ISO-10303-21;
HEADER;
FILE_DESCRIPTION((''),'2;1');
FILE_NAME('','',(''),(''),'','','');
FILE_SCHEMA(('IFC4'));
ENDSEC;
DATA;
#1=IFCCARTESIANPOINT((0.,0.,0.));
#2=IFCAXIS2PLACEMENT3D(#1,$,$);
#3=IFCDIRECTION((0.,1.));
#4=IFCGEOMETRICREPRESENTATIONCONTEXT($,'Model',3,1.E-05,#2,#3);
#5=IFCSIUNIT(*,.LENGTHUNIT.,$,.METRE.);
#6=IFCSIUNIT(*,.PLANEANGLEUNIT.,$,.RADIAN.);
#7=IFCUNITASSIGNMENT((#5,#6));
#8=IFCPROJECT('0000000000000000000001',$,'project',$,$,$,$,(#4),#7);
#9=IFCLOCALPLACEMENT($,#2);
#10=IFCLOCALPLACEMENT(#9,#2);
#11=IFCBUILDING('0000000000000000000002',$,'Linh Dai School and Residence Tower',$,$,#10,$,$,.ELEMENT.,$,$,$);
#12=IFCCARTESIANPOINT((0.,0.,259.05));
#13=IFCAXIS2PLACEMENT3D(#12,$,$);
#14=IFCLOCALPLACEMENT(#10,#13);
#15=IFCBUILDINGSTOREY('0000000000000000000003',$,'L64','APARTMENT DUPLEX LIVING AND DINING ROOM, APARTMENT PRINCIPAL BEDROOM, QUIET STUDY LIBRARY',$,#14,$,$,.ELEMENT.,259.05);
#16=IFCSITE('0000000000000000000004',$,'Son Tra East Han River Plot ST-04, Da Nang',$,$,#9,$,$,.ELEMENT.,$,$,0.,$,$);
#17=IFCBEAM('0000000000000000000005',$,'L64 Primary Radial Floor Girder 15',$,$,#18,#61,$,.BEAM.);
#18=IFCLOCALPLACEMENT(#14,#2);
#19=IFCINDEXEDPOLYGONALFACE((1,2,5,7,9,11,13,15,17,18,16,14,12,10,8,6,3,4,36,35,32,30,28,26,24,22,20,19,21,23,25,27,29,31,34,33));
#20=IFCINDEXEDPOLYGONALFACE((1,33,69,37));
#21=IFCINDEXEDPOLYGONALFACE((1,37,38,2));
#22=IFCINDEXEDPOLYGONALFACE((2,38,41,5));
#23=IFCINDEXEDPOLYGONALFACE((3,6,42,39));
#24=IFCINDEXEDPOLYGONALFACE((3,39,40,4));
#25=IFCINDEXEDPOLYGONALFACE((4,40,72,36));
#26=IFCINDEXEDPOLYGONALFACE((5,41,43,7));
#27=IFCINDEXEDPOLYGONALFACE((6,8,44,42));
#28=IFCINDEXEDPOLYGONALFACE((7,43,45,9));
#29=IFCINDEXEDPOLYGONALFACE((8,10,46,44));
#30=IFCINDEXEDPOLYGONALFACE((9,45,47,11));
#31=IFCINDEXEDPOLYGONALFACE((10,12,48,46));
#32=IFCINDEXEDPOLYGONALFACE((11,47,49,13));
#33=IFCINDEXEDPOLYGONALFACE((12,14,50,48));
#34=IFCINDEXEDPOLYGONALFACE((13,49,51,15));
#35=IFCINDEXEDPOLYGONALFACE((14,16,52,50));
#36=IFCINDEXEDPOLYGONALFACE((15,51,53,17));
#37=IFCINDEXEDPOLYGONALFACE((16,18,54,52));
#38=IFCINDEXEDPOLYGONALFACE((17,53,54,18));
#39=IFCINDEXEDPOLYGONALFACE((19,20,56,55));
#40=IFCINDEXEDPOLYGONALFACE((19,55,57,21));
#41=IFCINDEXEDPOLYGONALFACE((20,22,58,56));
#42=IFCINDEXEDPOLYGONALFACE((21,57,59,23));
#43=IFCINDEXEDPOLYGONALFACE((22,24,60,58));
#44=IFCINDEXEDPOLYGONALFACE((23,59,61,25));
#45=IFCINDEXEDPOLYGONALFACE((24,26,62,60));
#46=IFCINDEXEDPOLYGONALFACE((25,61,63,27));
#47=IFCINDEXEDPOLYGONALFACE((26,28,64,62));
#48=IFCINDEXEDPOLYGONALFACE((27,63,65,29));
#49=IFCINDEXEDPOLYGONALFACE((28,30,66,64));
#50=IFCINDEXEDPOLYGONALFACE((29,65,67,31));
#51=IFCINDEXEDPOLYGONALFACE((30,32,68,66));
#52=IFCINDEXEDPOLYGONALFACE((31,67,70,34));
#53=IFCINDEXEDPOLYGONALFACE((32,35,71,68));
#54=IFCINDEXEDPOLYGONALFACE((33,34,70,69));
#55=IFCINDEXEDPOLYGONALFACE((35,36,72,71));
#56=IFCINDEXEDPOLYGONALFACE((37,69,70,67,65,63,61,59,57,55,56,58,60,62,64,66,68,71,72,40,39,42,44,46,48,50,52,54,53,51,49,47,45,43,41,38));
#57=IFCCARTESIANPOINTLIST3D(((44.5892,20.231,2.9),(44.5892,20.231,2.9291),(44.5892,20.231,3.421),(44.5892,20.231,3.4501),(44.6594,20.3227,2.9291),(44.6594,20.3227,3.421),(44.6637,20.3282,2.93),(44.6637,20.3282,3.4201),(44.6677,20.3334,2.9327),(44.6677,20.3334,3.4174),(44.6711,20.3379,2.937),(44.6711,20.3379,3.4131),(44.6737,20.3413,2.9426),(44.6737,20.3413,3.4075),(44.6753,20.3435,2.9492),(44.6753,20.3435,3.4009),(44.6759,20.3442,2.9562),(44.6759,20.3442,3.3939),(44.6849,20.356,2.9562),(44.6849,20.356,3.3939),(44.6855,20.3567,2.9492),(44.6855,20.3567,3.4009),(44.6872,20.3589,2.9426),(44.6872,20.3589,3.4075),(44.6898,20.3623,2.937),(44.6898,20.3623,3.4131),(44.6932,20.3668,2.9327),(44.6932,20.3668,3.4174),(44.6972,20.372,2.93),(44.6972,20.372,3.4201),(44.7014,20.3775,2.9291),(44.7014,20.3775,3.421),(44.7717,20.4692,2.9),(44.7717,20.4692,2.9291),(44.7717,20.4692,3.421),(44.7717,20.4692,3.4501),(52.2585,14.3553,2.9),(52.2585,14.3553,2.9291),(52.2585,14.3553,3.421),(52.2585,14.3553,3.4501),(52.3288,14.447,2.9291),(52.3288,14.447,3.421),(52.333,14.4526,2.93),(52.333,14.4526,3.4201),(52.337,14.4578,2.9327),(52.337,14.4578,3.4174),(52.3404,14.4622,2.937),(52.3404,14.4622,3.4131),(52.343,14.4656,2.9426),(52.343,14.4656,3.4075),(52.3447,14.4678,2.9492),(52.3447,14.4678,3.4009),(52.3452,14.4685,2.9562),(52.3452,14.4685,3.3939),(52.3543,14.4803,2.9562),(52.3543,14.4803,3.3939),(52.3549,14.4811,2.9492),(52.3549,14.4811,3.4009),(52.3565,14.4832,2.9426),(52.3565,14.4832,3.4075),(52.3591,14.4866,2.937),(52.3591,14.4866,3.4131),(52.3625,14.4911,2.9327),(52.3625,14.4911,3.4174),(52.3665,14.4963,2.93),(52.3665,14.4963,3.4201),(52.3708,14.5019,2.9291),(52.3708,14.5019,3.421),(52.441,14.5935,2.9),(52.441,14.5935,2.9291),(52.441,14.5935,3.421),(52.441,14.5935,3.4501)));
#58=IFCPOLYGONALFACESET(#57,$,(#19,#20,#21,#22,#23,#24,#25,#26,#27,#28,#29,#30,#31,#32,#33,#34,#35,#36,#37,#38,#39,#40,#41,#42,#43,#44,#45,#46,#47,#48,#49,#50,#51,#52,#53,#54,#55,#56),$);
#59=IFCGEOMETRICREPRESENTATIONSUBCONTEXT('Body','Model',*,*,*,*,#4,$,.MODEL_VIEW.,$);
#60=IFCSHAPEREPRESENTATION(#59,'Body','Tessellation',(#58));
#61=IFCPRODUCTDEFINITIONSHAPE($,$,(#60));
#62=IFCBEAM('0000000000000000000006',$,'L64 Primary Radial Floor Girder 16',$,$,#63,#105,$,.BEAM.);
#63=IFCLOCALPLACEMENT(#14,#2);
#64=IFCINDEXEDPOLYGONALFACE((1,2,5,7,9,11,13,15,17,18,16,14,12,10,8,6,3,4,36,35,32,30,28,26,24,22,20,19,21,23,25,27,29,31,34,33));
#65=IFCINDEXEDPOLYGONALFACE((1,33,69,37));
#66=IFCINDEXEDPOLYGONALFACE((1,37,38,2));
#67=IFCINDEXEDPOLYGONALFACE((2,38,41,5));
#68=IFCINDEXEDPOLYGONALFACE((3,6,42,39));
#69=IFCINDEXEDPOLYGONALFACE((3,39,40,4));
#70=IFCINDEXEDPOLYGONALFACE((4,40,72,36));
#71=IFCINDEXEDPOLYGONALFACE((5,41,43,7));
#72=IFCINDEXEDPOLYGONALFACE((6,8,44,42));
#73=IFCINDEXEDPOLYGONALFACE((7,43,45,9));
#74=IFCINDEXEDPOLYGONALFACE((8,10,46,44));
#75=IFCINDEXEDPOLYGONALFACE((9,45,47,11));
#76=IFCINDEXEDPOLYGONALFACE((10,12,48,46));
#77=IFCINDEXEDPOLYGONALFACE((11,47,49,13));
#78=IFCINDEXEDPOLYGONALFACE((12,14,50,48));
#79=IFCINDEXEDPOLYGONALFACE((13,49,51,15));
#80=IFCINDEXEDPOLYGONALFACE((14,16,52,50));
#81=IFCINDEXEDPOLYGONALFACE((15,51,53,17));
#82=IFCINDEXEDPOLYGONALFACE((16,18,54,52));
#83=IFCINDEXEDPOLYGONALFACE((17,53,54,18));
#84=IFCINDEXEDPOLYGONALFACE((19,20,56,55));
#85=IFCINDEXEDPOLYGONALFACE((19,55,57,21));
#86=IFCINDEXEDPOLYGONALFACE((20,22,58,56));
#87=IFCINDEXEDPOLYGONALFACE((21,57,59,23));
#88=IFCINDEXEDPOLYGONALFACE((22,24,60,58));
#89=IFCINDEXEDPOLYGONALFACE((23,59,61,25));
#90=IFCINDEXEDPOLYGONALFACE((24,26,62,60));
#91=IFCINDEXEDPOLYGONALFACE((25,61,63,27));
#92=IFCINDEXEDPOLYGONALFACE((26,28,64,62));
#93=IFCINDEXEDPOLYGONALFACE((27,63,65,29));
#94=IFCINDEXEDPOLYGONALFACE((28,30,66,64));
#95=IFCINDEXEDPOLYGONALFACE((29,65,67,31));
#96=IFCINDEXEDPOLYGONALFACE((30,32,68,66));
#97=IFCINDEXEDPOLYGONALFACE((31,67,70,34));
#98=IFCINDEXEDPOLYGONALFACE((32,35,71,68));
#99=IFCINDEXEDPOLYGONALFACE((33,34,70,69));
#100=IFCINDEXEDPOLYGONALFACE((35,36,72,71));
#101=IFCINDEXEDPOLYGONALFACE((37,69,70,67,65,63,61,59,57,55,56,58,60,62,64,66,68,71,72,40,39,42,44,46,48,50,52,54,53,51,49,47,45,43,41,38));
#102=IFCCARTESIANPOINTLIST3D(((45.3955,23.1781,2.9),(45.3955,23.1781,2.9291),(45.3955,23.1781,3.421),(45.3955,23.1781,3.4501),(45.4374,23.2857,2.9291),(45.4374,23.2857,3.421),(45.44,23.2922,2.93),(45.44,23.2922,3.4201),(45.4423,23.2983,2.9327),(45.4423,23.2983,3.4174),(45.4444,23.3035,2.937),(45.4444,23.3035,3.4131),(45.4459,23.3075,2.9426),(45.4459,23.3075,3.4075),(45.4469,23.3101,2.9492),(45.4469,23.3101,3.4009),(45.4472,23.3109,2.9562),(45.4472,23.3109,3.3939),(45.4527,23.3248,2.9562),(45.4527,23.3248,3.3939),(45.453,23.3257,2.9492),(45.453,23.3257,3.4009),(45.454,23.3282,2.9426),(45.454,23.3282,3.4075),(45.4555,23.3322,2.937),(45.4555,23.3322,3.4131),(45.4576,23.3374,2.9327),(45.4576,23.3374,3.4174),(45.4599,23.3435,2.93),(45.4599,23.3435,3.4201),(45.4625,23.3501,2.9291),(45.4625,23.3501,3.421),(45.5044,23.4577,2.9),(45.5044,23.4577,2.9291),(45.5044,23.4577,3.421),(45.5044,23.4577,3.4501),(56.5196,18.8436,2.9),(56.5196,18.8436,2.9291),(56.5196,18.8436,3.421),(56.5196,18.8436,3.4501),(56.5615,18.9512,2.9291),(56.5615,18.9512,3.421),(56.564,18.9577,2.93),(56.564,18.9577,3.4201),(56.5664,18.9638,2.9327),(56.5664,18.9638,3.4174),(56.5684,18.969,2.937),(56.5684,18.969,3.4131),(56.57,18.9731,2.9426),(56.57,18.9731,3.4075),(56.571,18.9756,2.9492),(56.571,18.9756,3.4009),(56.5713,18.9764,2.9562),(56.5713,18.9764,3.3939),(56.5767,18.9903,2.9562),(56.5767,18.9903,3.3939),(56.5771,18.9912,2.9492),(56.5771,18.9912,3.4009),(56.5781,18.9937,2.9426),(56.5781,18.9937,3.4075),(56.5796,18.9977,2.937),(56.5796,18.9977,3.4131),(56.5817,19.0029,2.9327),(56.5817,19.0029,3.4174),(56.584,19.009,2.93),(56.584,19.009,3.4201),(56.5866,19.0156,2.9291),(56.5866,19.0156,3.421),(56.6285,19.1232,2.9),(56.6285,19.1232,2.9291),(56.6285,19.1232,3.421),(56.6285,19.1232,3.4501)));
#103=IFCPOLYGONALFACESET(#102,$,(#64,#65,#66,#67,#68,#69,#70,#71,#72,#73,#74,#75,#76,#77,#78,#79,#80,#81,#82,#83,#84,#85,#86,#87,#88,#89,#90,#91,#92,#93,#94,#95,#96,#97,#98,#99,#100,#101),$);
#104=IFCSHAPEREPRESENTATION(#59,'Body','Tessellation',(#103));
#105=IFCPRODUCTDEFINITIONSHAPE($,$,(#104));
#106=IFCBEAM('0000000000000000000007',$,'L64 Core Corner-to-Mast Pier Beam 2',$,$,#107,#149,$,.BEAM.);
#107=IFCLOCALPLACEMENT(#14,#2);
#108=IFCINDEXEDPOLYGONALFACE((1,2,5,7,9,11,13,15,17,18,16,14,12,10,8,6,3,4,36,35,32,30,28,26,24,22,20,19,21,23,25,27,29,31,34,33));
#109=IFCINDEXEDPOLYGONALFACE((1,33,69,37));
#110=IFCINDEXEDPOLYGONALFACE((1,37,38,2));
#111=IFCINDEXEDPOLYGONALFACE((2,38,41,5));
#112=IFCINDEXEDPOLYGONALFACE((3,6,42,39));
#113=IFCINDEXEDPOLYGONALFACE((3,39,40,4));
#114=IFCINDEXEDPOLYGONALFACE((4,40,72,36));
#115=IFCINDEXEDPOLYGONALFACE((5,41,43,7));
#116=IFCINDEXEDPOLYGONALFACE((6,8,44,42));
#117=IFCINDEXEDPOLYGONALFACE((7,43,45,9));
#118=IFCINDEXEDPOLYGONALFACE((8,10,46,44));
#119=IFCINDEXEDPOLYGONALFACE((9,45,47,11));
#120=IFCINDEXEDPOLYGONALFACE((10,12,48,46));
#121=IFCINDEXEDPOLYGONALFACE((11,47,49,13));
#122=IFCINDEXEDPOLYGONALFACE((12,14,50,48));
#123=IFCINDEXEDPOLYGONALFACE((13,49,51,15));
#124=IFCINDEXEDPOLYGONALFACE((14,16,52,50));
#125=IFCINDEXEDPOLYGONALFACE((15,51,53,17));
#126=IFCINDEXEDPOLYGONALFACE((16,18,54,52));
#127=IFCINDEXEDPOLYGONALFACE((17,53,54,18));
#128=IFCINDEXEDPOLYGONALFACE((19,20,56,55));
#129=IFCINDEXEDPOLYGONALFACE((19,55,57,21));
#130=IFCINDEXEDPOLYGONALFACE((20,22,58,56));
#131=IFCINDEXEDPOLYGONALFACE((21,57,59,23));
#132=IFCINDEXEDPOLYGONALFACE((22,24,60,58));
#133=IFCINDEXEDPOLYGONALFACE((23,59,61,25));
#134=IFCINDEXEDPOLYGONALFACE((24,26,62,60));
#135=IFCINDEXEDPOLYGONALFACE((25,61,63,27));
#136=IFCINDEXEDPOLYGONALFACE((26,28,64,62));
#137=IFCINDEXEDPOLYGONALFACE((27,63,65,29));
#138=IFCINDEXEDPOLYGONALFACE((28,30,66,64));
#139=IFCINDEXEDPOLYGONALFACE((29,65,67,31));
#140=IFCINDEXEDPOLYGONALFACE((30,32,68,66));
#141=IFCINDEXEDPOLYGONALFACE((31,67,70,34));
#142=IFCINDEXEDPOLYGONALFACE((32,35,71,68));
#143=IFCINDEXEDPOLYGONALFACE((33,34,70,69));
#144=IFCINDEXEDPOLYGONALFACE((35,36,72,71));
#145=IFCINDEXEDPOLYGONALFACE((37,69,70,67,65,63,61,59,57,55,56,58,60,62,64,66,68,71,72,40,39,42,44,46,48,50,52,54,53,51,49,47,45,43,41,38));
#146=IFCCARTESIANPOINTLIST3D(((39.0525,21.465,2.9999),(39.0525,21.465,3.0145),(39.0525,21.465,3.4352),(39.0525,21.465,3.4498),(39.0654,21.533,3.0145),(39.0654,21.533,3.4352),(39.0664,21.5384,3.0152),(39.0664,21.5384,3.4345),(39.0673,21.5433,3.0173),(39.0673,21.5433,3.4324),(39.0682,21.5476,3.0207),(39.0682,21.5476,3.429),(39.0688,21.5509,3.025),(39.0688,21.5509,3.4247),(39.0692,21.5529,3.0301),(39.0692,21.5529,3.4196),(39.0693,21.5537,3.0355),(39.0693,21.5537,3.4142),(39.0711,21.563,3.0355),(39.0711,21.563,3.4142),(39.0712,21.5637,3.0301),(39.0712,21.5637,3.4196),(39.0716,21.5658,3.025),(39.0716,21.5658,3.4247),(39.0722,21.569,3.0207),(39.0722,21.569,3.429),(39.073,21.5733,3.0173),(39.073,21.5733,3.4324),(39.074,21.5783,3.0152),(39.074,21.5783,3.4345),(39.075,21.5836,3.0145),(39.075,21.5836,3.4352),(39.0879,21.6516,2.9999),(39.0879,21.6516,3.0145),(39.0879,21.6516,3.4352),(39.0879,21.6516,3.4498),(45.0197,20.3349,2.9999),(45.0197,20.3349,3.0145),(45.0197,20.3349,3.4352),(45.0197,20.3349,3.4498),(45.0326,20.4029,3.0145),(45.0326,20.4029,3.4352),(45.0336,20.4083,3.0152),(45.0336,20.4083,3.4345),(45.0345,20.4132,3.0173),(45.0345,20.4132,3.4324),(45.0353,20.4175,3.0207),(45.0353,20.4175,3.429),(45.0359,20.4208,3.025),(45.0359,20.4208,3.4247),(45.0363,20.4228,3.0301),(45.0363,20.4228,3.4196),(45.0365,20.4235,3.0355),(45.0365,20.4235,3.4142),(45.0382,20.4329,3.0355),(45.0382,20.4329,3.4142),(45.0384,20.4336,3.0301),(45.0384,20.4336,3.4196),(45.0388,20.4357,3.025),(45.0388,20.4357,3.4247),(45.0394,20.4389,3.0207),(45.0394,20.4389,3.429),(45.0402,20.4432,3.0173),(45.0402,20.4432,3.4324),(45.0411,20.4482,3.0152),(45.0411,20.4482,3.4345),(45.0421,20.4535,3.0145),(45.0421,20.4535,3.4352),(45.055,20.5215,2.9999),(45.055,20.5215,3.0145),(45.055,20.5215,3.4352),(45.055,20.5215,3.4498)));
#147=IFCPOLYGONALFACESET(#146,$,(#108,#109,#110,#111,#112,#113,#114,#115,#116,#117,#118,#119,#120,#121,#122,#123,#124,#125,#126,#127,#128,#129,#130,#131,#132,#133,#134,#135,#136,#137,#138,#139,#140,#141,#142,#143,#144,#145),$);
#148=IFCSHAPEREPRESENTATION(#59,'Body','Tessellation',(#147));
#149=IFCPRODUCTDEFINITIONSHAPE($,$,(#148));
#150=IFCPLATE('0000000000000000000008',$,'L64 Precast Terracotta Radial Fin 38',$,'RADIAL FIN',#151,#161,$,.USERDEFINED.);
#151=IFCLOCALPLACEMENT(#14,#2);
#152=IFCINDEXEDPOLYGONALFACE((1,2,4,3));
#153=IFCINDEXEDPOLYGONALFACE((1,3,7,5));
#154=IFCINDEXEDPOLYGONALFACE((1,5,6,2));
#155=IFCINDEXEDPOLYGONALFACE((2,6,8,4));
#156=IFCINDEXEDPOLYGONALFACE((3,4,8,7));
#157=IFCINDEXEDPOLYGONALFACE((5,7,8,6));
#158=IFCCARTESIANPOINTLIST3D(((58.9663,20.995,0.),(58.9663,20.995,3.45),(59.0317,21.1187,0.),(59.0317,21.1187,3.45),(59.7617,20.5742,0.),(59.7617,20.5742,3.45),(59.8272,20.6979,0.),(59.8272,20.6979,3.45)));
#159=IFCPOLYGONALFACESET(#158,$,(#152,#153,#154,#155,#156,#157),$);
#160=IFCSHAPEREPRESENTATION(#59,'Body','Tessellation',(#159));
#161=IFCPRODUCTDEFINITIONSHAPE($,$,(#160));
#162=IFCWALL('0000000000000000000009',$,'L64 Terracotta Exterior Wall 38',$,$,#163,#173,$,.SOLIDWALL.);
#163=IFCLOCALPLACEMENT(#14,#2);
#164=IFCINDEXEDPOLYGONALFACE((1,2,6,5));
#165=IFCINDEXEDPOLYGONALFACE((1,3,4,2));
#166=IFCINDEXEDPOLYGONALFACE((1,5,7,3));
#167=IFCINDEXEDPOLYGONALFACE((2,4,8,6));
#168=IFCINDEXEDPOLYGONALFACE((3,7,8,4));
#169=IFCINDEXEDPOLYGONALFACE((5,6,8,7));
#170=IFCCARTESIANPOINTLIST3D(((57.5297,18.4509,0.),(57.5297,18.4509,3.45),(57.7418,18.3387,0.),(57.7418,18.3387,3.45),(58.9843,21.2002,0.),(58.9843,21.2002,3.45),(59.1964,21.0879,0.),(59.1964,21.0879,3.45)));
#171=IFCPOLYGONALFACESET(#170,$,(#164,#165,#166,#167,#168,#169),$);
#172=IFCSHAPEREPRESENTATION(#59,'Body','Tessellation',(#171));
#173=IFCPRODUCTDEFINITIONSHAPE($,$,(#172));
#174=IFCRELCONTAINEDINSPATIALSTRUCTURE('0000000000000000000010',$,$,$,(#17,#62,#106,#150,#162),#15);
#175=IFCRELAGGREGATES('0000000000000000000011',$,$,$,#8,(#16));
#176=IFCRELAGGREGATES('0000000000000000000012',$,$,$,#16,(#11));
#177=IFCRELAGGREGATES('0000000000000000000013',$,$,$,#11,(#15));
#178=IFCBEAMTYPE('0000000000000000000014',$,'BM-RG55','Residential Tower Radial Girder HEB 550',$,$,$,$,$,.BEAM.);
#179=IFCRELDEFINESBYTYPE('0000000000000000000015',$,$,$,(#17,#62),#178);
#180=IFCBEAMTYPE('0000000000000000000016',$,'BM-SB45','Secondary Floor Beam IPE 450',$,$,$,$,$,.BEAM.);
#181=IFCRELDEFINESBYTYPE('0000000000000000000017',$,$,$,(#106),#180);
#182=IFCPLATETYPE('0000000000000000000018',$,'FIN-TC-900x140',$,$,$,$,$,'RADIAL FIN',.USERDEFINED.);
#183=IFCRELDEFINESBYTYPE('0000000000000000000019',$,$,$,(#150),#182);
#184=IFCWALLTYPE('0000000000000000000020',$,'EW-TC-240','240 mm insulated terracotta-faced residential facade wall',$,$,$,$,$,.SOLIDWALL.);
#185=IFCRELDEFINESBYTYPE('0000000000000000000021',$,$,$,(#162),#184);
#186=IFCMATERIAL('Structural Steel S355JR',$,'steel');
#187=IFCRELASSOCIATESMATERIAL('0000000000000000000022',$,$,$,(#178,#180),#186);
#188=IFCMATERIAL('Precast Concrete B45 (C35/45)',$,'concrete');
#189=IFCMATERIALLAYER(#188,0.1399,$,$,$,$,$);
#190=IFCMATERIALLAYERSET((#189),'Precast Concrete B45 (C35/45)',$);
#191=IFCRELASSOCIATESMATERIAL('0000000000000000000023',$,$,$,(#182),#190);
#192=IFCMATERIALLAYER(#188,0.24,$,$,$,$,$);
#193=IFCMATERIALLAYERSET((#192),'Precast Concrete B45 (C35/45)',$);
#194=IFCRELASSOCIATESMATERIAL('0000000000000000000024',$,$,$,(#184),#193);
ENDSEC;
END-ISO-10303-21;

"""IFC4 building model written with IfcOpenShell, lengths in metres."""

from ifc_helpers import new_model, si_unit, direction, frame, frame_2d, origin, origin_2d, place, context, subcontext, project, spatial, rectangle, i_section, extrude, source, transform, mapped, material, layer, layer_set, material_profile, profile_set, type_object, element, save


model = new_model("IFC4")

# Units and contexts
model_context = context("Model", 3, precision=1e-05, world=origin(), true_north=direction((0.0, 1.0)))
body_context = subcontext(model_context, "Body", "Model", "MODEL_VIEW")
ifc_project = project(units=[si_unit("LENGTHUNIT", "METRE"), si_unit("PLANEANGLEUNIT", "RADIAN")], contexts=[model_context])

# Site, building, storey
site_placement = place(None, origin())
site = spatial("IfcSite", under=ifc_project, at=site_placement, Name="Son Tra East Han River Plot ST-04, Da Nang", CompositionType="ELEMENT", RefElevation=0.0)
building_placement = place(site_placement, origin())
building = spatial("IfcBuilding", under=site, at=building_placement, Name="Linh Dai School and Residence Tower", CompositionType="ELEMENT")
storey_placement = place(building_placement, frame((0.0, 0.0, 259.05)))
storey = spatial("IfcBuildingStorey", under=building, at=storey_placement, Name="L64", Description="APARTMENT DUPLEX LIVING AND DINING ROOM, APARTMENT PRINCIPAL BEDROOM, QUIET STUDY LIBRARY", CompositionType="ELEMENT", Elevation=259.05)

# Shared definitions
ifc_material_1 = material(Name="Structural Steel S355JR", Category="steel")

# Beams
ifc_material_profile_1 = material_profile(ifc_material_1, i_section(OverallWidth=0.3, OverallDepth=0.55, WebThickness=0.0149, FlangeThickness=0.0291, FilletRadius=0.0271, at=origin_2d()), Name="HEB 550")
ifc_profile_set_1 = profile_set([ifc_material_profile_1], Name="Structural Steel S355JR")
beam_type_1 = type_object("IfcBeamType", Name="BM-RG55", Description="Residential Tower Radial Girder HEB 550", PredefinedType="BEAM", material=ifc_profile_set_1)
beam_1_placement = place(storey_placement, frame((44.6804, 20.3501, 3.175), z_axis=(0.793815, -0.60816, 0.0), x_axis=(0.60816, 0.793815, 0.0)))
element("IfcBeam", 1, at=beam_1_placement, inside=storey, type_object=beam_type_1, Name="L64 Primary Radial Floor Girder 15", PredefinedType="BEAM", context=body_context, shape_type="SweptSolid", body=[
    extrude(i_section(OverallWidth=0.3, OverallDepth=0.55, WebThickness=0.0149, FlangeThickness=0.0291, FilletRadius=0.0271, at=origin_2d()), origin(), (0.0, 0.0, 1.0), 9.6614),
])
beam_2_placement = place(storey_placement, frame((45.45, 23.3179, 3.175), z_axis=(0.931765, -0.363062, 0.0), x_axis=(0.363062, 0.931765, 0.0)))
element("IfcBeam", 2, at=beam_2_placement, inside=storey, type_object=beam_type_1, Name="L64 Primary Radial Floor Girder 16", PredefinedType="BEAM", context=body_context, shape_type="SweptSolid", body=[
    extrude(i_section(OverallWidth=0.3, OverallDepth=0.55, WebThickness=0.0149, FlangeThickness=0.0291, FilletRadius=0.0271, at=origin_2d()), origin(), (0.0, 0.0, 1.0), 11.9387),
])
ifc_material_profile_2 = material_profile(ifc_material_1, i_section(OverallWidth=0.1899, OverallDepth=0.45, WebThickness=0.0095, FlangeThickness=0.0146, FilletRadius=0.021, at=origin_2d()), Name="IPE 450")
ifc_profile_set_2 = profile_set([ifc_material_profile_2], Name="Structural Steel S355JR")
beam_type_2 = type_object("IfcBeamType", Name="BM-SB45", Description="Secondary Floor Beam IPE 450", PredefinedType="BEAM", material=ifc_profile_set_2)
beam_3_placement = place(storey_placement, frame((45.0374, 20.4282, 3.2249), z_axis=(-0.982535, 0.186079, 0.0), x_axis=(-0.186079, -0.982535, 0.0)))
element("IfcBeam", 3, at=beam_3_placement, inside=storey, type_object=beam_type_2, Name="L64 Core Corner-to-Mast Pier Beam 2", PredefinedType="BEAM", context=body_context, shape_type="SweptSolid", body=[
    extrude(i_section(OverallWidth=0.1899, OverallDepth=0.45, WebThickness=0.0095, FlangeThickness=0.0146, FilletRadius=0.021, at=origin_2d()), origin(), (0.0, 0.0, 1.0), 6.0732),
])

# Plate
ifc_material_2 = material(Name="Precast Concrete B45 (C35/45)", Category="concrete")
ifc_layer_1 = layer(ifc_material_2, 0.1399)
ifc_layer_set_1 = layer_set([ifc_layer_1], Name="Precast Concrete B45 (C35/45)")
plate_type = type_object("IfcPlateType", Name="FIN-TC-900x140", ElementType="RADIAL FIN", PredefinedType="USERDEFINED", material=ifc_layer_set_1)
shared_shape_1 = source(origin(), body_context, "Body", "SweptSolid", [
    extrude(rectangle(XDim=0.8999, YDim=0.1399, at=origin_2d()), origin(), (0.0, 0.0, 1.0), 3.45),
])
plate_placement = place(storey_placement, frame((59.3967, 20.8464, 0.0), z_axis=(0.0, 0.0, 1.0), x_axis=(0.883929, -0.467621, 0.0)))
element("IfcPlate", 4, at=plate_placement, inside=storey, type_object=plate_type, Name="L64 Precast Terracotta Radial Fin 38", ObjectType="RADIAL FIN", PredefinedType="USERDEFINED", context=body_context, shape_type="MappedRepresentation", body=[
    mapped(shared_shape_1, transform((0.0, 0.0, 0.0), x_axis=(1.0, 0.0, 0.0), y_axis=(0.0, 1.0, 0.0), z_axis=(0.0, 0.0, 1.0), scale=1.0)),
])

# Wall
ifc_layer_2 = layer(ifc_material_2, 0.24)
ifc_layer_set_2 = layer_set([ifc_layer_2], Name="Precast Concrete B45 (C35/45)")
wall_type_1 = type_object("IfcWallType", Name="EW-TC-240", Description="240 mm insulated terracotta-faced residential facade wall", PredefinedType="SOLIDWALL", material=ifc_layer_set_2)
wall_1_placement = place(storey_placement, frame((59.0903, 21.144, 0.0), z_axis=(0.0, 0.0, 1.0), x_axis=(-0.46766, -0.883908, 0.0)))
element("IfcWall", 5, at=wall_1_placement, inside=storey, type_object=wall_type_1, Name="L64 Terracotta Exterior Wall 38", PredefinedType="SOLIDWALL", context=body_context, shape_type="SweptSolid", body=[
    extrude(rectangle(XDim=3.1104, YDim=0.24, at=frame_2d((1.5552, 0.0))), origin(), (0.0, 0.0, 1.0), 3.45),
])

save(model, "model.ifc")
